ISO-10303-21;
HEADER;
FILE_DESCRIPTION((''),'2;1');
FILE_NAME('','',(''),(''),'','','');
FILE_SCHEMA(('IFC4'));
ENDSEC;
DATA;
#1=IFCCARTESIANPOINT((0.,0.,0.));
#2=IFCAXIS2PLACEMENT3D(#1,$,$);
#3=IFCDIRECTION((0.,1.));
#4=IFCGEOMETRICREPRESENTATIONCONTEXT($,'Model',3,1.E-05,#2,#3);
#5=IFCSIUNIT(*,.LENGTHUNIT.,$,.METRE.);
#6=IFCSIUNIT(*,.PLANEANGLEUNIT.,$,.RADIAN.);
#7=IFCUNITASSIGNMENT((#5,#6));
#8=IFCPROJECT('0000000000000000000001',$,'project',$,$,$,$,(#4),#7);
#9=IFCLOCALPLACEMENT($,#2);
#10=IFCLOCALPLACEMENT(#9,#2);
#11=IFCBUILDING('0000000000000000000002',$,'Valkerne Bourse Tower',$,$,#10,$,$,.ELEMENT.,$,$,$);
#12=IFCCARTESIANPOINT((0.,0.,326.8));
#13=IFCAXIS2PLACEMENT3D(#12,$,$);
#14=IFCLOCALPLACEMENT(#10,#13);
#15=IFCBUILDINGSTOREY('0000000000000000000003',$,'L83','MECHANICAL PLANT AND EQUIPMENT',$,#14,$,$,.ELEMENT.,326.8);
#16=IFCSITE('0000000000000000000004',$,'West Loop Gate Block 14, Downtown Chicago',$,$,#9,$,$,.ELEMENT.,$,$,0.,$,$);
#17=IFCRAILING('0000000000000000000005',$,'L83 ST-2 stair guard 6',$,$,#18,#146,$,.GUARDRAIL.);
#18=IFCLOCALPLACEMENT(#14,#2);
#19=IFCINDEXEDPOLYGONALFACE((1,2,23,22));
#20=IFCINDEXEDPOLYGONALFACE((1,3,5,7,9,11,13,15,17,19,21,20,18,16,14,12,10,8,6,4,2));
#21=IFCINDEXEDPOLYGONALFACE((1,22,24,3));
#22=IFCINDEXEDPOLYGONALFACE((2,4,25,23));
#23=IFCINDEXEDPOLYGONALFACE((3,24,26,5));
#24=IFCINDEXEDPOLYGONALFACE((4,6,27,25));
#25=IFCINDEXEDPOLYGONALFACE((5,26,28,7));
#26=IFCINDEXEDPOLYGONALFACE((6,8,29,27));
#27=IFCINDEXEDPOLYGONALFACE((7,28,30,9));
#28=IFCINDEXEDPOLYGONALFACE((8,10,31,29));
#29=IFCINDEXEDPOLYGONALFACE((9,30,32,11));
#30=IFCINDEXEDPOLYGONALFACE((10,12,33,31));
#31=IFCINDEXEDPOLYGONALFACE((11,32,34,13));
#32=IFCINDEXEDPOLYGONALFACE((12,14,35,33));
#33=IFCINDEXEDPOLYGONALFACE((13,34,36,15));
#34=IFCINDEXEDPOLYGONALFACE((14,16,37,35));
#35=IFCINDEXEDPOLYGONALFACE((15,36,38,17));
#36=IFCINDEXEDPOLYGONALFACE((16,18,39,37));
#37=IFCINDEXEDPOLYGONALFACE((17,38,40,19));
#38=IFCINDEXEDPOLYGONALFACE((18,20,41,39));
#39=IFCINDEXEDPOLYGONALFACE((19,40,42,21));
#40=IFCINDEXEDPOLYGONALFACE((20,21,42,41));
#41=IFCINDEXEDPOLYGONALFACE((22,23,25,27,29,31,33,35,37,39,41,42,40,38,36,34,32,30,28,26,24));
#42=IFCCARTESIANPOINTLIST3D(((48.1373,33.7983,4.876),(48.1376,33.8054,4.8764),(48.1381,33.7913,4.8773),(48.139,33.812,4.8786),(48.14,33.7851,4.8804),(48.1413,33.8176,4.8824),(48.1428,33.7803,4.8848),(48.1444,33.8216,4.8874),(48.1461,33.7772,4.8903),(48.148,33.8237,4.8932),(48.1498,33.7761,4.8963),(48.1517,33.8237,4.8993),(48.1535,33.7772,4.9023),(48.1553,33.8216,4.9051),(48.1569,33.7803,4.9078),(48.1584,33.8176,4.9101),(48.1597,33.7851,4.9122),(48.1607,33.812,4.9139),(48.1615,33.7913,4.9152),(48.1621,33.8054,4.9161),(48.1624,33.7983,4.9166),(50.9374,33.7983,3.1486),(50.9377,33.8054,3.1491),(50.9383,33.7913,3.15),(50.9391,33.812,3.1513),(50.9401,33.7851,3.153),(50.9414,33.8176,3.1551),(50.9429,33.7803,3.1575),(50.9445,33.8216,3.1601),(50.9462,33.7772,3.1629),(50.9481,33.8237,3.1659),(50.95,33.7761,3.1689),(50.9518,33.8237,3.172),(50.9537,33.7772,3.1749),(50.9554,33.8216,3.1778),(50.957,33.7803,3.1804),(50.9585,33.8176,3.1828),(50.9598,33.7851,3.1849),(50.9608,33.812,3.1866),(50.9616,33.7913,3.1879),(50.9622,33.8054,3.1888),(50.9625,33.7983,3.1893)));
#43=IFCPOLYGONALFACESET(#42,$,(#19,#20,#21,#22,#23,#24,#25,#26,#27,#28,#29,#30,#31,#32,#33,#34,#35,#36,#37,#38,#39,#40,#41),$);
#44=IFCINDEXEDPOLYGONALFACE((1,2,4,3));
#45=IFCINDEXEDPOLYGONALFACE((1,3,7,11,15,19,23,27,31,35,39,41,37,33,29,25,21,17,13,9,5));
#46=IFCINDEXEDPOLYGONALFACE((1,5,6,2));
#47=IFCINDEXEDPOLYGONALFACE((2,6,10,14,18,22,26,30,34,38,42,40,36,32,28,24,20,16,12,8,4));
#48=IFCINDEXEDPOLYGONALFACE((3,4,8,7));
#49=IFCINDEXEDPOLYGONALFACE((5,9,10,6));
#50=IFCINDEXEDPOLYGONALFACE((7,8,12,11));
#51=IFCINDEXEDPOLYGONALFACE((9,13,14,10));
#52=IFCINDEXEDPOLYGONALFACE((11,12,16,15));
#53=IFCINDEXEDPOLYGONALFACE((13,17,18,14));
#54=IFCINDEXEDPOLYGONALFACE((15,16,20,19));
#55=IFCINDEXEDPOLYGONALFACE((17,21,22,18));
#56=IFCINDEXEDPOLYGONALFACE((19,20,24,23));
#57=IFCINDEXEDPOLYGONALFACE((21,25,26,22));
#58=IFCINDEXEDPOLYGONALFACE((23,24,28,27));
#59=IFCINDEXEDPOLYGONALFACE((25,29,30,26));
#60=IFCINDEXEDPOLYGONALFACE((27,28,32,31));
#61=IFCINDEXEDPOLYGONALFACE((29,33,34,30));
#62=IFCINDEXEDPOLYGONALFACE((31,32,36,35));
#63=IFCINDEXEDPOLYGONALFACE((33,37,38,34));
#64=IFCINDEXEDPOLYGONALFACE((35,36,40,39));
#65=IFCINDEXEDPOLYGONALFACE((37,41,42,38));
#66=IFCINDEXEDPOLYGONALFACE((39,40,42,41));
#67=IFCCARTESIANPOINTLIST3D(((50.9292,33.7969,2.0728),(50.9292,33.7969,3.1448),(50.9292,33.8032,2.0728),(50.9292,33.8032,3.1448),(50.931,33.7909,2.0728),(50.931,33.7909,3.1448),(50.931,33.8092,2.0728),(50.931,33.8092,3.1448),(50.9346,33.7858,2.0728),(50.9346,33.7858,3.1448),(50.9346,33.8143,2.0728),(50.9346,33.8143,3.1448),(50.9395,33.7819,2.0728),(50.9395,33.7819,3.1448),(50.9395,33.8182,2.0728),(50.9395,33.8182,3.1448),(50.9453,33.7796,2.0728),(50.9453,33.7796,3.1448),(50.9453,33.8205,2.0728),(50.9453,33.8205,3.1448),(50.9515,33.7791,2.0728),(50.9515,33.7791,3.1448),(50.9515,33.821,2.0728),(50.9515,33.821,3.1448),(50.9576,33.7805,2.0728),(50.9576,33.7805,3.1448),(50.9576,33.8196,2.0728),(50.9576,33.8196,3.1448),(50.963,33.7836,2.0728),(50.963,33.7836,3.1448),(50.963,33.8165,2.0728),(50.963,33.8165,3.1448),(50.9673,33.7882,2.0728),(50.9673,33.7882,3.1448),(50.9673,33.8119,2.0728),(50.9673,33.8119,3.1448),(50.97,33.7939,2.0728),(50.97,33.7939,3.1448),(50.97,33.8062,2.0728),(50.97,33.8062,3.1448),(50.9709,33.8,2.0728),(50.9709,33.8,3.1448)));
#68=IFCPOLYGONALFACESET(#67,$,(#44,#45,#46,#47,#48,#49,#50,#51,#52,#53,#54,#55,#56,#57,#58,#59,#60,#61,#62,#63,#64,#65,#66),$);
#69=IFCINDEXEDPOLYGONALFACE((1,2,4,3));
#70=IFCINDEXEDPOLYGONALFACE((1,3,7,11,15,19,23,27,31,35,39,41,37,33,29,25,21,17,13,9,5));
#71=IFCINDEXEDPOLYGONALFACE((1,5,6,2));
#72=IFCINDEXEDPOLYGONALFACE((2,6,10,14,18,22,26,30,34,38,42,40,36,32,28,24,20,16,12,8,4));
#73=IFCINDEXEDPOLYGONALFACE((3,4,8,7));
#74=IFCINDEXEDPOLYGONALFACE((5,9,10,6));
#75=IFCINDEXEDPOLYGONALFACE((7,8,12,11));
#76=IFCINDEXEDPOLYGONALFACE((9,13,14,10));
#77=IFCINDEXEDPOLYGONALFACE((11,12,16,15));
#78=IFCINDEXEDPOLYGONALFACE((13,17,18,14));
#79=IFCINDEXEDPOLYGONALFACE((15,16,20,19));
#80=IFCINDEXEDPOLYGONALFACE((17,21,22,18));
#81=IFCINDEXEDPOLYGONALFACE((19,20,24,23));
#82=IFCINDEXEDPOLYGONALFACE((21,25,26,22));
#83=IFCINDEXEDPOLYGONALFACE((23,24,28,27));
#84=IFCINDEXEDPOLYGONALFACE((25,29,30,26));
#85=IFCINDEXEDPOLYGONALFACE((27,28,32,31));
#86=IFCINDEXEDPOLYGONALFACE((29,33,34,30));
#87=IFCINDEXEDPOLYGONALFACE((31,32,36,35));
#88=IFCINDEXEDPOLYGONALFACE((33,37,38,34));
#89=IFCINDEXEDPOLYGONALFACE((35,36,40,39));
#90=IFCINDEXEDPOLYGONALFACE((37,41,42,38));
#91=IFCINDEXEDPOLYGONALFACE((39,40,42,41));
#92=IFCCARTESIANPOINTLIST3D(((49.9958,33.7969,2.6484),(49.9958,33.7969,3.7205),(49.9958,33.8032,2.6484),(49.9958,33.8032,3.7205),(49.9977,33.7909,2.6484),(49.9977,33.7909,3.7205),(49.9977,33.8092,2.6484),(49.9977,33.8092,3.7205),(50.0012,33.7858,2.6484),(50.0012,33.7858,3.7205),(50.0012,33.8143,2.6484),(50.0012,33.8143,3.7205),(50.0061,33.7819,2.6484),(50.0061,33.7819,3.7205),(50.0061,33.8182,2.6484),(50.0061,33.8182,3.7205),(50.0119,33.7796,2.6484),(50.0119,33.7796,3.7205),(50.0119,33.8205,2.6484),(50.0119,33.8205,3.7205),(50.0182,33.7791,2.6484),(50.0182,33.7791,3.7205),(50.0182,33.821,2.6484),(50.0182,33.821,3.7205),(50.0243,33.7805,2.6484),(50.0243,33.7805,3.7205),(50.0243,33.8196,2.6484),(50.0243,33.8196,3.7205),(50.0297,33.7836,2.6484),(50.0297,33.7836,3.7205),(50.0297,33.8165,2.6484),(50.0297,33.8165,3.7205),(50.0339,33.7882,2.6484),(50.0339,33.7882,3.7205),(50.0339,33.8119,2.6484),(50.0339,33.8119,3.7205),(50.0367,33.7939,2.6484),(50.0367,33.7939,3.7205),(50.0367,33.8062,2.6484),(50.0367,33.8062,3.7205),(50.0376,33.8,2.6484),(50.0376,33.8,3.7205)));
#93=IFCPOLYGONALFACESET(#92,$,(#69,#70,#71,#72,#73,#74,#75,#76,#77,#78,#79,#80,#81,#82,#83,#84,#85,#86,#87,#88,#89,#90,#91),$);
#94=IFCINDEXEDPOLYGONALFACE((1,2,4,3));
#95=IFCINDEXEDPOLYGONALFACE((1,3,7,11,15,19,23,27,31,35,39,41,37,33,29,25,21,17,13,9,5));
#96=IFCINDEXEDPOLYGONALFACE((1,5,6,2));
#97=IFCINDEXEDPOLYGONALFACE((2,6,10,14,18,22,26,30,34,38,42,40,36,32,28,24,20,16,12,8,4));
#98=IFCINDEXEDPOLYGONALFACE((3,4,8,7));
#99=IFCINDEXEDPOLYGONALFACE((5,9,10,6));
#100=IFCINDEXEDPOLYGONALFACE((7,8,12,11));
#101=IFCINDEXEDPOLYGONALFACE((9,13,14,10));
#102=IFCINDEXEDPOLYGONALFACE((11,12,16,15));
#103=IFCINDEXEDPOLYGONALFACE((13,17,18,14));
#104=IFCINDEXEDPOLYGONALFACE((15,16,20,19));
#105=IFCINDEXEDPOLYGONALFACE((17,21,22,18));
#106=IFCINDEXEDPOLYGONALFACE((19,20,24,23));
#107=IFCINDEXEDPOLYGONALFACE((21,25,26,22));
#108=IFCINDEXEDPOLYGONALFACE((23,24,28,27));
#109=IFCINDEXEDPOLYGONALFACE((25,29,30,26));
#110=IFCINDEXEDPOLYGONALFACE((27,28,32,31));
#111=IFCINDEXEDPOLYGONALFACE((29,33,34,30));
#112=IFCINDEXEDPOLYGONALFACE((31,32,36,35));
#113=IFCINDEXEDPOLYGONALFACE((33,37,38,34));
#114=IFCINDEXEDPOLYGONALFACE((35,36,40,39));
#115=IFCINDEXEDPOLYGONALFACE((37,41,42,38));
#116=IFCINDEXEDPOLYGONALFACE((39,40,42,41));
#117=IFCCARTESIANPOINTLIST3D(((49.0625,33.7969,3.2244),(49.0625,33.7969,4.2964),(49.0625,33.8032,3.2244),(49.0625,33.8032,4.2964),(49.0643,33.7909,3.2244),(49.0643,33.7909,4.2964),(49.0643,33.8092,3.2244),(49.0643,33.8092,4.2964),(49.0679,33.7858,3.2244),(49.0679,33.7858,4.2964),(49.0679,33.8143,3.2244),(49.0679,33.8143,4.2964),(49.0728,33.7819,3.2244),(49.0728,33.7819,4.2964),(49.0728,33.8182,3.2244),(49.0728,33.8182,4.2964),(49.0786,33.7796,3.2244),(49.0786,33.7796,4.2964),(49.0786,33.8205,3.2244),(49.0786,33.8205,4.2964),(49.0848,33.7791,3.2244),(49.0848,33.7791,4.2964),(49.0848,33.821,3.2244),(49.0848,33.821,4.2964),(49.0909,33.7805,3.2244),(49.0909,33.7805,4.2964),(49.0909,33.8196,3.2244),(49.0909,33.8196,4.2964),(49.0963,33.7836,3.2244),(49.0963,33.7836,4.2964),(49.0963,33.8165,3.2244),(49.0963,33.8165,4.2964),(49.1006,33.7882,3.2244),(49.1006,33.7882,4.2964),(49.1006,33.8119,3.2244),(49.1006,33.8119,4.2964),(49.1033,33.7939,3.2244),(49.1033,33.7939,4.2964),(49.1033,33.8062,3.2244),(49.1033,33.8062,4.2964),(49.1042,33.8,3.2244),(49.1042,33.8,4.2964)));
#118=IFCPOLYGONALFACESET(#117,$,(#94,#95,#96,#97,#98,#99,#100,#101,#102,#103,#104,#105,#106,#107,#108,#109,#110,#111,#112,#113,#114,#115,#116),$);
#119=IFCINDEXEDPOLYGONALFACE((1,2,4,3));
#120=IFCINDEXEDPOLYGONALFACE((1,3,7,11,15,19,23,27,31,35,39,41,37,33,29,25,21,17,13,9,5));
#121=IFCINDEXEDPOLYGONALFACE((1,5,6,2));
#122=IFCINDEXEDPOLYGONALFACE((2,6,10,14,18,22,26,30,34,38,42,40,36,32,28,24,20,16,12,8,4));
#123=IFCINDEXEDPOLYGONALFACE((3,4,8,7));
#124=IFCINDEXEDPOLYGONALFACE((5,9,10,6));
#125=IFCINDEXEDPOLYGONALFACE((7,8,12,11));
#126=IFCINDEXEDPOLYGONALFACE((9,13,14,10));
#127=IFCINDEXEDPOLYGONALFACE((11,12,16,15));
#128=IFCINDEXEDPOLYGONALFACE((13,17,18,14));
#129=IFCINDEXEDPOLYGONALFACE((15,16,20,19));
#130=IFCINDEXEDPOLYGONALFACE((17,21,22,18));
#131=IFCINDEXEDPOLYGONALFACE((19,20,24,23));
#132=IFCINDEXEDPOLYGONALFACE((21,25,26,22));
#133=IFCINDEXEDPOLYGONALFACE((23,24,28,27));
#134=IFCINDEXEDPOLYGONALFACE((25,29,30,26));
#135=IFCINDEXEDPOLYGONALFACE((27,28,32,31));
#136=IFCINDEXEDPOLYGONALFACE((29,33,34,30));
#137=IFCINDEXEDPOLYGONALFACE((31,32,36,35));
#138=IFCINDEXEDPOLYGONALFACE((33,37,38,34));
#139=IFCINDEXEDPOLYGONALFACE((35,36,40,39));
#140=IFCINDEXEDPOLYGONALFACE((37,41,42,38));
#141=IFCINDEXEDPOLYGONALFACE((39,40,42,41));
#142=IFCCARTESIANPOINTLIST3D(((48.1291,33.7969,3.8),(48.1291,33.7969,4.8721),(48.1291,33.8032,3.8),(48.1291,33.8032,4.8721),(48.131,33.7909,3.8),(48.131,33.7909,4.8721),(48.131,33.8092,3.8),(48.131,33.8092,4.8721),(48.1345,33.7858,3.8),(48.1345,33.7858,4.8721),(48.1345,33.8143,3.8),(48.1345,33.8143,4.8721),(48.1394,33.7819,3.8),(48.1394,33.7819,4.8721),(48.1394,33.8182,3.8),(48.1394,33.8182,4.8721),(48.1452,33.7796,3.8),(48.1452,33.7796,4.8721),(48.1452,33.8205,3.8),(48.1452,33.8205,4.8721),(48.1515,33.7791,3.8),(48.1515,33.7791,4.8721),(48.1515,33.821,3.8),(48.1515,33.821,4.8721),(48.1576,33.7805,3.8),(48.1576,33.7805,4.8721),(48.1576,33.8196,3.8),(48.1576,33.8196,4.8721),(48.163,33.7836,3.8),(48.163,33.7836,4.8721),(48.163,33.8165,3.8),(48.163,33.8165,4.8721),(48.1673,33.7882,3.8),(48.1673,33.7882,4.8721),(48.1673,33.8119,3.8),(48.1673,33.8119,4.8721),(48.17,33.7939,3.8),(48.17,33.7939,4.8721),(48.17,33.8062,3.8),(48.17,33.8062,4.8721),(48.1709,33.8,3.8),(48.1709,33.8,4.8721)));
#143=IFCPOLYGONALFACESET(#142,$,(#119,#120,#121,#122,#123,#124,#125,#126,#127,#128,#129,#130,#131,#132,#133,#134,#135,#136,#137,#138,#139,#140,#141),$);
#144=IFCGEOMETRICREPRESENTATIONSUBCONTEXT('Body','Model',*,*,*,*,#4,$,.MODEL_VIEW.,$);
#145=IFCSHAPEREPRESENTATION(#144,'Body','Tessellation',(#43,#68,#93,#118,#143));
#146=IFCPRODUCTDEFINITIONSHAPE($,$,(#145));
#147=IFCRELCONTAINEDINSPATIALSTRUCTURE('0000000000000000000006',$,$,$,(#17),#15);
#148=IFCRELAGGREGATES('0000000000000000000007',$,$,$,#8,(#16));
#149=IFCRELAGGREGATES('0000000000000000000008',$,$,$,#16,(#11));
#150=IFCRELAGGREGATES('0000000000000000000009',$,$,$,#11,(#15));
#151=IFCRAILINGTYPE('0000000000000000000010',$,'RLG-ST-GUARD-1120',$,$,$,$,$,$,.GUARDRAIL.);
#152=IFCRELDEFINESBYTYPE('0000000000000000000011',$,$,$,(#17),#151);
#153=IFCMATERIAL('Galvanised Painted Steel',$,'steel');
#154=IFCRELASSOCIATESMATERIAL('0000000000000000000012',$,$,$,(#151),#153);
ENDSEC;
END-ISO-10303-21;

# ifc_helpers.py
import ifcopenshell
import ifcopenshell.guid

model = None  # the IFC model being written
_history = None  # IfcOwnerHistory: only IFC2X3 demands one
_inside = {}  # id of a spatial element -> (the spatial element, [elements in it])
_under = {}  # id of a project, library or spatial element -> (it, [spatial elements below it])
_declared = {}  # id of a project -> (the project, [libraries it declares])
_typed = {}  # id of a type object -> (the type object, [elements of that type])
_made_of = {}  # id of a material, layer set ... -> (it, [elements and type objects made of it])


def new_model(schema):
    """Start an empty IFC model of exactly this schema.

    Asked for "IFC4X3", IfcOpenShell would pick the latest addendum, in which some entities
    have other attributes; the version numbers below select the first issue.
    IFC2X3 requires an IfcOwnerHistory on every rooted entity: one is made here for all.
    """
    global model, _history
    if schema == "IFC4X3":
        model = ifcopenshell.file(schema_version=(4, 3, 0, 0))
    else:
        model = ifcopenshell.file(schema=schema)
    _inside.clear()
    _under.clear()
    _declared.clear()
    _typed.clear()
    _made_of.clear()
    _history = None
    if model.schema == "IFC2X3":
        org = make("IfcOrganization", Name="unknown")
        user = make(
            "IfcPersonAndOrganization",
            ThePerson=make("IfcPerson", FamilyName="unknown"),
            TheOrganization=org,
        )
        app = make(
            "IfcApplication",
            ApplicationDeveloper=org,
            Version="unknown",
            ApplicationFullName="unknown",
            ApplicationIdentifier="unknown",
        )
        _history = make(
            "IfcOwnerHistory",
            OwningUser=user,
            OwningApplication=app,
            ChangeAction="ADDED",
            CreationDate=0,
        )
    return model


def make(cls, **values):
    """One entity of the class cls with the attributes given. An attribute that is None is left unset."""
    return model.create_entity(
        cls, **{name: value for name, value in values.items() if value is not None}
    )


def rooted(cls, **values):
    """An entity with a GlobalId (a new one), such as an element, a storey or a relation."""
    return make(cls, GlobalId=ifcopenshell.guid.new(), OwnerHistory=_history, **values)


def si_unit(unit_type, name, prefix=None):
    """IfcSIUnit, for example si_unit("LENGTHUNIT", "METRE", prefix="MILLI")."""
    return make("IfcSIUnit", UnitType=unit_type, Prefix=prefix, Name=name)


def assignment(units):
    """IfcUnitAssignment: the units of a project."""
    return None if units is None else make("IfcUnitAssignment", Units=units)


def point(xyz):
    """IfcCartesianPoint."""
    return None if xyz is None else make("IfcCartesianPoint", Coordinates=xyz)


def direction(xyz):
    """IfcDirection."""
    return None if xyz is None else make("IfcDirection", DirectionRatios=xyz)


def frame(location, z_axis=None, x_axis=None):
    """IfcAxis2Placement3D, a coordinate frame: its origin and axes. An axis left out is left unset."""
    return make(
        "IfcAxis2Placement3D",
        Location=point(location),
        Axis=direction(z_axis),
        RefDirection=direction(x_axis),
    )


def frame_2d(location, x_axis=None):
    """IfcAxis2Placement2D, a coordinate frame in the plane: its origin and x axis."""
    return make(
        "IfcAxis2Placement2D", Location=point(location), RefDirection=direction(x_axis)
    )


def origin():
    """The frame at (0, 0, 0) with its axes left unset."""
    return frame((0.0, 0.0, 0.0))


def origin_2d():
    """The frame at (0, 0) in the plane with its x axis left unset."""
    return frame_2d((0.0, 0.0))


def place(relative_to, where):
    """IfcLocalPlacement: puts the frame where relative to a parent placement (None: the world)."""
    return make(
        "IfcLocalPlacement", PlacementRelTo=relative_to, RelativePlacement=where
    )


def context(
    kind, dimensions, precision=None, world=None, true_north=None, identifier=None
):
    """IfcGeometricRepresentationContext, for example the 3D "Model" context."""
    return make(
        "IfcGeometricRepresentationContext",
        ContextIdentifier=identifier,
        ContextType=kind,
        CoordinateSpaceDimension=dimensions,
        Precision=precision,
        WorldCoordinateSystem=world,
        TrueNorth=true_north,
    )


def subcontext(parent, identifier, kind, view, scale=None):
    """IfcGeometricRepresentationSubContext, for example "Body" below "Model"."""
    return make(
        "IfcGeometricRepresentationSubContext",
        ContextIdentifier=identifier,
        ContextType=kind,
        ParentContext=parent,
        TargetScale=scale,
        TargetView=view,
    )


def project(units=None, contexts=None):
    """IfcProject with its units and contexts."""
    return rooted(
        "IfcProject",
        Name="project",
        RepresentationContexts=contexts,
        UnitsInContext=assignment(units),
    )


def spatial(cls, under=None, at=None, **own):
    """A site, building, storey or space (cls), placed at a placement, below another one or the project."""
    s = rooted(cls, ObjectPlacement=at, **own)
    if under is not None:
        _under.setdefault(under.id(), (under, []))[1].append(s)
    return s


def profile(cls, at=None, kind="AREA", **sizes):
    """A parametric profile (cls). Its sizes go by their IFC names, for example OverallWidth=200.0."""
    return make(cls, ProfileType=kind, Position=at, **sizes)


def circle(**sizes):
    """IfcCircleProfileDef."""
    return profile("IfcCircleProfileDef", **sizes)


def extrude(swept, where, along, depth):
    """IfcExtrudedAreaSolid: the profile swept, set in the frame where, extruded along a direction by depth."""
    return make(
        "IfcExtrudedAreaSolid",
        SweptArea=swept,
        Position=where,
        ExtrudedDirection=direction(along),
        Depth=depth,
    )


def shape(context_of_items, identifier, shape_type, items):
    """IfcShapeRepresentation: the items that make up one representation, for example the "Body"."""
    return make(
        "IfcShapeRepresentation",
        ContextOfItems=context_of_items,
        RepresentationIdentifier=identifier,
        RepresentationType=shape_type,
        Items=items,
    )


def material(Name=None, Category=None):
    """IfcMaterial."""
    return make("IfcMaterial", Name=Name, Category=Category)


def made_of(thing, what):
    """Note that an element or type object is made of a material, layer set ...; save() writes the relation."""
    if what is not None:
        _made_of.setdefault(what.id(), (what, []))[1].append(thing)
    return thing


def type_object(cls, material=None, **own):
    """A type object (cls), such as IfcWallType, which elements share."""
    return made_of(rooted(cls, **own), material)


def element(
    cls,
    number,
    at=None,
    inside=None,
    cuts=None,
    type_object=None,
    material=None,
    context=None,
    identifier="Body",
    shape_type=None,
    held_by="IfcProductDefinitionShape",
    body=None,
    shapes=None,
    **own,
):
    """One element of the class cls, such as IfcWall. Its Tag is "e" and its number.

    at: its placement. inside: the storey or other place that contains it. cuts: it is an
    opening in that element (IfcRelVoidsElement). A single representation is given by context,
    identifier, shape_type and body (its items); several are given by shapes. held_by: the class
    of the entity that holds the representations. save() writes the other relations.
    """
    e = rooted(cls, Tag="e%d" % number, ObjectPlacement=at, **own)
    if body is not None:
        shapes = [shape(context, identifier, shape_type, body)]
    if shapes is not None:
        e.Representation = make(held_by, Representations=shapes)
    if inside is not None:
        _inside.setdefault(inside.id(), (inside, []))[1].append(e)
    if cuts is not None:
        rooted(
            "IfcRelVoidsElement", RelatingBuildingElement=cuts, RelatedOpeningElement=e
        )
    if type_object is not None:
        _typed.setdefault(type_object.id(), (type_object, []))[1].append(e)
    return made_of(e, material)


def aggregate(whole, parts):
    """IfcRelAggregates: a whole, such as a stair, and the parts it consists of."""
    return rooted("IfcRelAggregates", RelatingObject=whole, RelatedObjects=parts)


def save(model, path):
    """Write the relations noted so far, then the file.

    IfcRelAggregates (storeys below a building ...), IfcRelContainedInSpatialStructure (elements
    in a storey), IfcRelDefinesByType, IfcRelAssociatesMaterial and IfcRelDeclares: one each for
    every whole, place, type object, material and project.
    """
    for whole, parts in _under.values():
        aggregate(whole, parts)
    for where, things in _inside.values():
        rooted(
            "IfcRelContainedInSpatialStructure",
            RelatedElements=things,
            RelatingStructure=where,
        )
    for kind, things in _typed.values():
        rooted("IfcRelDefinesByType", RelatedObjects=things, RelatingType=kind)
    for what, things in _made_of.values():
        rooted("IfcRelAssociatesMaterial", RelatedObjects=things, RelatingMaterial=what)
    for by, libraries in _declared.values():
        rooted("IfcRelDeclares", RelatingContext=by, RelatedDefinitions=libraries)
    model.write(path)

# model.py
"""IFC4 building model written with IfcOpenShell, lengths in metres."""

from ifc_helpers import new_model, si_unit, direction, frame, origin, origin_2d, place, context, subcontext, project, spatial, circle, extrude, material, type_object, element, save


model = new_model("IFC4")

# Units and contexts
model_context = context("Model", 3, precision=1e-05, world=origin(), true_north=direction((0.0, 1.0)))
body_context = subcontext(model_context, "Body", "Model", "MODEL_VIEW")
ifc_project = project(units=[si_unit("LENGTHUNIT", "METRE"), si_unit("PLANEANGLEUNIT", "RADIAN")], contexts=[model_context])

# Site, building, storey
site_placement = place(None, origin())
site = spatial("IfcSite", under=ifc_project, at=site_placement, Name="West Loop Gate Block 14, Downtown Chicago", CompositionType="ELEMENT", RefElevation=0.0)
building_placement = place(site_placement, origin())
building = spatial("IfcBuilding", under=site, at=building_placement, Name="Valkerne Bourse Tower", CompositionType="ELEMENT")
storey_placement = place(building_placement, frame((0.0, 0.0, 326.8)))
storey = spatial("IfcBuildingStorey", under=building, at=storey_placement, Name="L83", Description="MECHANICAL PLANT AND EQUIPMENT", CompositionType="ELEMENT", Elevation=326.8)

# Railing
ifc_material_1 = material(Name="Galvanised Painted Steel", Category="steel")
railing_type_1 = type_object("IfcRailingType", Name="RLG-ST-GUARD-1120", PredefinedType="GUARDRAIL", material=ifc_material_1)
railing_1_placement = place(storey_placement, frame((50.95, 33.8, 2.0728)))
element("IfcRailing", 1, at=railing_1_placement, inside=storey, type_object=railing_type_1, Name="L83 ST-2 stair guard 6", PredefinedType="GUARDRAIL", context=body_context, shape_type="SweptSolid", body=[
    extrude(circle(Radius=0.0239, at=origin_2d()), frame((0.0, 0.0, 1.0962), z_axis=(-0.85109, 0.0, 0.52502), x_axis=(0.0, -1.0, 0.0)), (0.0, 0.0, 1.0), 3.29),
    extrude(circle(Radius=0.021, at=origin_2d()), origin(), (0.0, 0.0, 1.0), 1.072),
    extrude(circle(Radius=0.021, at=origin_2d()), frame((-0.9333, 0.0, 0.5757)), (0.0, 0.0, 1.0), 1.072),
    extrude(circle(Radius=0.021, at=origin_2d()), frame((-1.8667, 0.0, 1.1516)), (0.0, 0.0, 1.0), 1.072),
    extrude(circle(Radius=0.021, at=origin_2d()), frame((-2.8, 0.0, 1.7273)), (0.0, 0.0, 1.0), 1.072),
])

save(model, "model.ifc")
